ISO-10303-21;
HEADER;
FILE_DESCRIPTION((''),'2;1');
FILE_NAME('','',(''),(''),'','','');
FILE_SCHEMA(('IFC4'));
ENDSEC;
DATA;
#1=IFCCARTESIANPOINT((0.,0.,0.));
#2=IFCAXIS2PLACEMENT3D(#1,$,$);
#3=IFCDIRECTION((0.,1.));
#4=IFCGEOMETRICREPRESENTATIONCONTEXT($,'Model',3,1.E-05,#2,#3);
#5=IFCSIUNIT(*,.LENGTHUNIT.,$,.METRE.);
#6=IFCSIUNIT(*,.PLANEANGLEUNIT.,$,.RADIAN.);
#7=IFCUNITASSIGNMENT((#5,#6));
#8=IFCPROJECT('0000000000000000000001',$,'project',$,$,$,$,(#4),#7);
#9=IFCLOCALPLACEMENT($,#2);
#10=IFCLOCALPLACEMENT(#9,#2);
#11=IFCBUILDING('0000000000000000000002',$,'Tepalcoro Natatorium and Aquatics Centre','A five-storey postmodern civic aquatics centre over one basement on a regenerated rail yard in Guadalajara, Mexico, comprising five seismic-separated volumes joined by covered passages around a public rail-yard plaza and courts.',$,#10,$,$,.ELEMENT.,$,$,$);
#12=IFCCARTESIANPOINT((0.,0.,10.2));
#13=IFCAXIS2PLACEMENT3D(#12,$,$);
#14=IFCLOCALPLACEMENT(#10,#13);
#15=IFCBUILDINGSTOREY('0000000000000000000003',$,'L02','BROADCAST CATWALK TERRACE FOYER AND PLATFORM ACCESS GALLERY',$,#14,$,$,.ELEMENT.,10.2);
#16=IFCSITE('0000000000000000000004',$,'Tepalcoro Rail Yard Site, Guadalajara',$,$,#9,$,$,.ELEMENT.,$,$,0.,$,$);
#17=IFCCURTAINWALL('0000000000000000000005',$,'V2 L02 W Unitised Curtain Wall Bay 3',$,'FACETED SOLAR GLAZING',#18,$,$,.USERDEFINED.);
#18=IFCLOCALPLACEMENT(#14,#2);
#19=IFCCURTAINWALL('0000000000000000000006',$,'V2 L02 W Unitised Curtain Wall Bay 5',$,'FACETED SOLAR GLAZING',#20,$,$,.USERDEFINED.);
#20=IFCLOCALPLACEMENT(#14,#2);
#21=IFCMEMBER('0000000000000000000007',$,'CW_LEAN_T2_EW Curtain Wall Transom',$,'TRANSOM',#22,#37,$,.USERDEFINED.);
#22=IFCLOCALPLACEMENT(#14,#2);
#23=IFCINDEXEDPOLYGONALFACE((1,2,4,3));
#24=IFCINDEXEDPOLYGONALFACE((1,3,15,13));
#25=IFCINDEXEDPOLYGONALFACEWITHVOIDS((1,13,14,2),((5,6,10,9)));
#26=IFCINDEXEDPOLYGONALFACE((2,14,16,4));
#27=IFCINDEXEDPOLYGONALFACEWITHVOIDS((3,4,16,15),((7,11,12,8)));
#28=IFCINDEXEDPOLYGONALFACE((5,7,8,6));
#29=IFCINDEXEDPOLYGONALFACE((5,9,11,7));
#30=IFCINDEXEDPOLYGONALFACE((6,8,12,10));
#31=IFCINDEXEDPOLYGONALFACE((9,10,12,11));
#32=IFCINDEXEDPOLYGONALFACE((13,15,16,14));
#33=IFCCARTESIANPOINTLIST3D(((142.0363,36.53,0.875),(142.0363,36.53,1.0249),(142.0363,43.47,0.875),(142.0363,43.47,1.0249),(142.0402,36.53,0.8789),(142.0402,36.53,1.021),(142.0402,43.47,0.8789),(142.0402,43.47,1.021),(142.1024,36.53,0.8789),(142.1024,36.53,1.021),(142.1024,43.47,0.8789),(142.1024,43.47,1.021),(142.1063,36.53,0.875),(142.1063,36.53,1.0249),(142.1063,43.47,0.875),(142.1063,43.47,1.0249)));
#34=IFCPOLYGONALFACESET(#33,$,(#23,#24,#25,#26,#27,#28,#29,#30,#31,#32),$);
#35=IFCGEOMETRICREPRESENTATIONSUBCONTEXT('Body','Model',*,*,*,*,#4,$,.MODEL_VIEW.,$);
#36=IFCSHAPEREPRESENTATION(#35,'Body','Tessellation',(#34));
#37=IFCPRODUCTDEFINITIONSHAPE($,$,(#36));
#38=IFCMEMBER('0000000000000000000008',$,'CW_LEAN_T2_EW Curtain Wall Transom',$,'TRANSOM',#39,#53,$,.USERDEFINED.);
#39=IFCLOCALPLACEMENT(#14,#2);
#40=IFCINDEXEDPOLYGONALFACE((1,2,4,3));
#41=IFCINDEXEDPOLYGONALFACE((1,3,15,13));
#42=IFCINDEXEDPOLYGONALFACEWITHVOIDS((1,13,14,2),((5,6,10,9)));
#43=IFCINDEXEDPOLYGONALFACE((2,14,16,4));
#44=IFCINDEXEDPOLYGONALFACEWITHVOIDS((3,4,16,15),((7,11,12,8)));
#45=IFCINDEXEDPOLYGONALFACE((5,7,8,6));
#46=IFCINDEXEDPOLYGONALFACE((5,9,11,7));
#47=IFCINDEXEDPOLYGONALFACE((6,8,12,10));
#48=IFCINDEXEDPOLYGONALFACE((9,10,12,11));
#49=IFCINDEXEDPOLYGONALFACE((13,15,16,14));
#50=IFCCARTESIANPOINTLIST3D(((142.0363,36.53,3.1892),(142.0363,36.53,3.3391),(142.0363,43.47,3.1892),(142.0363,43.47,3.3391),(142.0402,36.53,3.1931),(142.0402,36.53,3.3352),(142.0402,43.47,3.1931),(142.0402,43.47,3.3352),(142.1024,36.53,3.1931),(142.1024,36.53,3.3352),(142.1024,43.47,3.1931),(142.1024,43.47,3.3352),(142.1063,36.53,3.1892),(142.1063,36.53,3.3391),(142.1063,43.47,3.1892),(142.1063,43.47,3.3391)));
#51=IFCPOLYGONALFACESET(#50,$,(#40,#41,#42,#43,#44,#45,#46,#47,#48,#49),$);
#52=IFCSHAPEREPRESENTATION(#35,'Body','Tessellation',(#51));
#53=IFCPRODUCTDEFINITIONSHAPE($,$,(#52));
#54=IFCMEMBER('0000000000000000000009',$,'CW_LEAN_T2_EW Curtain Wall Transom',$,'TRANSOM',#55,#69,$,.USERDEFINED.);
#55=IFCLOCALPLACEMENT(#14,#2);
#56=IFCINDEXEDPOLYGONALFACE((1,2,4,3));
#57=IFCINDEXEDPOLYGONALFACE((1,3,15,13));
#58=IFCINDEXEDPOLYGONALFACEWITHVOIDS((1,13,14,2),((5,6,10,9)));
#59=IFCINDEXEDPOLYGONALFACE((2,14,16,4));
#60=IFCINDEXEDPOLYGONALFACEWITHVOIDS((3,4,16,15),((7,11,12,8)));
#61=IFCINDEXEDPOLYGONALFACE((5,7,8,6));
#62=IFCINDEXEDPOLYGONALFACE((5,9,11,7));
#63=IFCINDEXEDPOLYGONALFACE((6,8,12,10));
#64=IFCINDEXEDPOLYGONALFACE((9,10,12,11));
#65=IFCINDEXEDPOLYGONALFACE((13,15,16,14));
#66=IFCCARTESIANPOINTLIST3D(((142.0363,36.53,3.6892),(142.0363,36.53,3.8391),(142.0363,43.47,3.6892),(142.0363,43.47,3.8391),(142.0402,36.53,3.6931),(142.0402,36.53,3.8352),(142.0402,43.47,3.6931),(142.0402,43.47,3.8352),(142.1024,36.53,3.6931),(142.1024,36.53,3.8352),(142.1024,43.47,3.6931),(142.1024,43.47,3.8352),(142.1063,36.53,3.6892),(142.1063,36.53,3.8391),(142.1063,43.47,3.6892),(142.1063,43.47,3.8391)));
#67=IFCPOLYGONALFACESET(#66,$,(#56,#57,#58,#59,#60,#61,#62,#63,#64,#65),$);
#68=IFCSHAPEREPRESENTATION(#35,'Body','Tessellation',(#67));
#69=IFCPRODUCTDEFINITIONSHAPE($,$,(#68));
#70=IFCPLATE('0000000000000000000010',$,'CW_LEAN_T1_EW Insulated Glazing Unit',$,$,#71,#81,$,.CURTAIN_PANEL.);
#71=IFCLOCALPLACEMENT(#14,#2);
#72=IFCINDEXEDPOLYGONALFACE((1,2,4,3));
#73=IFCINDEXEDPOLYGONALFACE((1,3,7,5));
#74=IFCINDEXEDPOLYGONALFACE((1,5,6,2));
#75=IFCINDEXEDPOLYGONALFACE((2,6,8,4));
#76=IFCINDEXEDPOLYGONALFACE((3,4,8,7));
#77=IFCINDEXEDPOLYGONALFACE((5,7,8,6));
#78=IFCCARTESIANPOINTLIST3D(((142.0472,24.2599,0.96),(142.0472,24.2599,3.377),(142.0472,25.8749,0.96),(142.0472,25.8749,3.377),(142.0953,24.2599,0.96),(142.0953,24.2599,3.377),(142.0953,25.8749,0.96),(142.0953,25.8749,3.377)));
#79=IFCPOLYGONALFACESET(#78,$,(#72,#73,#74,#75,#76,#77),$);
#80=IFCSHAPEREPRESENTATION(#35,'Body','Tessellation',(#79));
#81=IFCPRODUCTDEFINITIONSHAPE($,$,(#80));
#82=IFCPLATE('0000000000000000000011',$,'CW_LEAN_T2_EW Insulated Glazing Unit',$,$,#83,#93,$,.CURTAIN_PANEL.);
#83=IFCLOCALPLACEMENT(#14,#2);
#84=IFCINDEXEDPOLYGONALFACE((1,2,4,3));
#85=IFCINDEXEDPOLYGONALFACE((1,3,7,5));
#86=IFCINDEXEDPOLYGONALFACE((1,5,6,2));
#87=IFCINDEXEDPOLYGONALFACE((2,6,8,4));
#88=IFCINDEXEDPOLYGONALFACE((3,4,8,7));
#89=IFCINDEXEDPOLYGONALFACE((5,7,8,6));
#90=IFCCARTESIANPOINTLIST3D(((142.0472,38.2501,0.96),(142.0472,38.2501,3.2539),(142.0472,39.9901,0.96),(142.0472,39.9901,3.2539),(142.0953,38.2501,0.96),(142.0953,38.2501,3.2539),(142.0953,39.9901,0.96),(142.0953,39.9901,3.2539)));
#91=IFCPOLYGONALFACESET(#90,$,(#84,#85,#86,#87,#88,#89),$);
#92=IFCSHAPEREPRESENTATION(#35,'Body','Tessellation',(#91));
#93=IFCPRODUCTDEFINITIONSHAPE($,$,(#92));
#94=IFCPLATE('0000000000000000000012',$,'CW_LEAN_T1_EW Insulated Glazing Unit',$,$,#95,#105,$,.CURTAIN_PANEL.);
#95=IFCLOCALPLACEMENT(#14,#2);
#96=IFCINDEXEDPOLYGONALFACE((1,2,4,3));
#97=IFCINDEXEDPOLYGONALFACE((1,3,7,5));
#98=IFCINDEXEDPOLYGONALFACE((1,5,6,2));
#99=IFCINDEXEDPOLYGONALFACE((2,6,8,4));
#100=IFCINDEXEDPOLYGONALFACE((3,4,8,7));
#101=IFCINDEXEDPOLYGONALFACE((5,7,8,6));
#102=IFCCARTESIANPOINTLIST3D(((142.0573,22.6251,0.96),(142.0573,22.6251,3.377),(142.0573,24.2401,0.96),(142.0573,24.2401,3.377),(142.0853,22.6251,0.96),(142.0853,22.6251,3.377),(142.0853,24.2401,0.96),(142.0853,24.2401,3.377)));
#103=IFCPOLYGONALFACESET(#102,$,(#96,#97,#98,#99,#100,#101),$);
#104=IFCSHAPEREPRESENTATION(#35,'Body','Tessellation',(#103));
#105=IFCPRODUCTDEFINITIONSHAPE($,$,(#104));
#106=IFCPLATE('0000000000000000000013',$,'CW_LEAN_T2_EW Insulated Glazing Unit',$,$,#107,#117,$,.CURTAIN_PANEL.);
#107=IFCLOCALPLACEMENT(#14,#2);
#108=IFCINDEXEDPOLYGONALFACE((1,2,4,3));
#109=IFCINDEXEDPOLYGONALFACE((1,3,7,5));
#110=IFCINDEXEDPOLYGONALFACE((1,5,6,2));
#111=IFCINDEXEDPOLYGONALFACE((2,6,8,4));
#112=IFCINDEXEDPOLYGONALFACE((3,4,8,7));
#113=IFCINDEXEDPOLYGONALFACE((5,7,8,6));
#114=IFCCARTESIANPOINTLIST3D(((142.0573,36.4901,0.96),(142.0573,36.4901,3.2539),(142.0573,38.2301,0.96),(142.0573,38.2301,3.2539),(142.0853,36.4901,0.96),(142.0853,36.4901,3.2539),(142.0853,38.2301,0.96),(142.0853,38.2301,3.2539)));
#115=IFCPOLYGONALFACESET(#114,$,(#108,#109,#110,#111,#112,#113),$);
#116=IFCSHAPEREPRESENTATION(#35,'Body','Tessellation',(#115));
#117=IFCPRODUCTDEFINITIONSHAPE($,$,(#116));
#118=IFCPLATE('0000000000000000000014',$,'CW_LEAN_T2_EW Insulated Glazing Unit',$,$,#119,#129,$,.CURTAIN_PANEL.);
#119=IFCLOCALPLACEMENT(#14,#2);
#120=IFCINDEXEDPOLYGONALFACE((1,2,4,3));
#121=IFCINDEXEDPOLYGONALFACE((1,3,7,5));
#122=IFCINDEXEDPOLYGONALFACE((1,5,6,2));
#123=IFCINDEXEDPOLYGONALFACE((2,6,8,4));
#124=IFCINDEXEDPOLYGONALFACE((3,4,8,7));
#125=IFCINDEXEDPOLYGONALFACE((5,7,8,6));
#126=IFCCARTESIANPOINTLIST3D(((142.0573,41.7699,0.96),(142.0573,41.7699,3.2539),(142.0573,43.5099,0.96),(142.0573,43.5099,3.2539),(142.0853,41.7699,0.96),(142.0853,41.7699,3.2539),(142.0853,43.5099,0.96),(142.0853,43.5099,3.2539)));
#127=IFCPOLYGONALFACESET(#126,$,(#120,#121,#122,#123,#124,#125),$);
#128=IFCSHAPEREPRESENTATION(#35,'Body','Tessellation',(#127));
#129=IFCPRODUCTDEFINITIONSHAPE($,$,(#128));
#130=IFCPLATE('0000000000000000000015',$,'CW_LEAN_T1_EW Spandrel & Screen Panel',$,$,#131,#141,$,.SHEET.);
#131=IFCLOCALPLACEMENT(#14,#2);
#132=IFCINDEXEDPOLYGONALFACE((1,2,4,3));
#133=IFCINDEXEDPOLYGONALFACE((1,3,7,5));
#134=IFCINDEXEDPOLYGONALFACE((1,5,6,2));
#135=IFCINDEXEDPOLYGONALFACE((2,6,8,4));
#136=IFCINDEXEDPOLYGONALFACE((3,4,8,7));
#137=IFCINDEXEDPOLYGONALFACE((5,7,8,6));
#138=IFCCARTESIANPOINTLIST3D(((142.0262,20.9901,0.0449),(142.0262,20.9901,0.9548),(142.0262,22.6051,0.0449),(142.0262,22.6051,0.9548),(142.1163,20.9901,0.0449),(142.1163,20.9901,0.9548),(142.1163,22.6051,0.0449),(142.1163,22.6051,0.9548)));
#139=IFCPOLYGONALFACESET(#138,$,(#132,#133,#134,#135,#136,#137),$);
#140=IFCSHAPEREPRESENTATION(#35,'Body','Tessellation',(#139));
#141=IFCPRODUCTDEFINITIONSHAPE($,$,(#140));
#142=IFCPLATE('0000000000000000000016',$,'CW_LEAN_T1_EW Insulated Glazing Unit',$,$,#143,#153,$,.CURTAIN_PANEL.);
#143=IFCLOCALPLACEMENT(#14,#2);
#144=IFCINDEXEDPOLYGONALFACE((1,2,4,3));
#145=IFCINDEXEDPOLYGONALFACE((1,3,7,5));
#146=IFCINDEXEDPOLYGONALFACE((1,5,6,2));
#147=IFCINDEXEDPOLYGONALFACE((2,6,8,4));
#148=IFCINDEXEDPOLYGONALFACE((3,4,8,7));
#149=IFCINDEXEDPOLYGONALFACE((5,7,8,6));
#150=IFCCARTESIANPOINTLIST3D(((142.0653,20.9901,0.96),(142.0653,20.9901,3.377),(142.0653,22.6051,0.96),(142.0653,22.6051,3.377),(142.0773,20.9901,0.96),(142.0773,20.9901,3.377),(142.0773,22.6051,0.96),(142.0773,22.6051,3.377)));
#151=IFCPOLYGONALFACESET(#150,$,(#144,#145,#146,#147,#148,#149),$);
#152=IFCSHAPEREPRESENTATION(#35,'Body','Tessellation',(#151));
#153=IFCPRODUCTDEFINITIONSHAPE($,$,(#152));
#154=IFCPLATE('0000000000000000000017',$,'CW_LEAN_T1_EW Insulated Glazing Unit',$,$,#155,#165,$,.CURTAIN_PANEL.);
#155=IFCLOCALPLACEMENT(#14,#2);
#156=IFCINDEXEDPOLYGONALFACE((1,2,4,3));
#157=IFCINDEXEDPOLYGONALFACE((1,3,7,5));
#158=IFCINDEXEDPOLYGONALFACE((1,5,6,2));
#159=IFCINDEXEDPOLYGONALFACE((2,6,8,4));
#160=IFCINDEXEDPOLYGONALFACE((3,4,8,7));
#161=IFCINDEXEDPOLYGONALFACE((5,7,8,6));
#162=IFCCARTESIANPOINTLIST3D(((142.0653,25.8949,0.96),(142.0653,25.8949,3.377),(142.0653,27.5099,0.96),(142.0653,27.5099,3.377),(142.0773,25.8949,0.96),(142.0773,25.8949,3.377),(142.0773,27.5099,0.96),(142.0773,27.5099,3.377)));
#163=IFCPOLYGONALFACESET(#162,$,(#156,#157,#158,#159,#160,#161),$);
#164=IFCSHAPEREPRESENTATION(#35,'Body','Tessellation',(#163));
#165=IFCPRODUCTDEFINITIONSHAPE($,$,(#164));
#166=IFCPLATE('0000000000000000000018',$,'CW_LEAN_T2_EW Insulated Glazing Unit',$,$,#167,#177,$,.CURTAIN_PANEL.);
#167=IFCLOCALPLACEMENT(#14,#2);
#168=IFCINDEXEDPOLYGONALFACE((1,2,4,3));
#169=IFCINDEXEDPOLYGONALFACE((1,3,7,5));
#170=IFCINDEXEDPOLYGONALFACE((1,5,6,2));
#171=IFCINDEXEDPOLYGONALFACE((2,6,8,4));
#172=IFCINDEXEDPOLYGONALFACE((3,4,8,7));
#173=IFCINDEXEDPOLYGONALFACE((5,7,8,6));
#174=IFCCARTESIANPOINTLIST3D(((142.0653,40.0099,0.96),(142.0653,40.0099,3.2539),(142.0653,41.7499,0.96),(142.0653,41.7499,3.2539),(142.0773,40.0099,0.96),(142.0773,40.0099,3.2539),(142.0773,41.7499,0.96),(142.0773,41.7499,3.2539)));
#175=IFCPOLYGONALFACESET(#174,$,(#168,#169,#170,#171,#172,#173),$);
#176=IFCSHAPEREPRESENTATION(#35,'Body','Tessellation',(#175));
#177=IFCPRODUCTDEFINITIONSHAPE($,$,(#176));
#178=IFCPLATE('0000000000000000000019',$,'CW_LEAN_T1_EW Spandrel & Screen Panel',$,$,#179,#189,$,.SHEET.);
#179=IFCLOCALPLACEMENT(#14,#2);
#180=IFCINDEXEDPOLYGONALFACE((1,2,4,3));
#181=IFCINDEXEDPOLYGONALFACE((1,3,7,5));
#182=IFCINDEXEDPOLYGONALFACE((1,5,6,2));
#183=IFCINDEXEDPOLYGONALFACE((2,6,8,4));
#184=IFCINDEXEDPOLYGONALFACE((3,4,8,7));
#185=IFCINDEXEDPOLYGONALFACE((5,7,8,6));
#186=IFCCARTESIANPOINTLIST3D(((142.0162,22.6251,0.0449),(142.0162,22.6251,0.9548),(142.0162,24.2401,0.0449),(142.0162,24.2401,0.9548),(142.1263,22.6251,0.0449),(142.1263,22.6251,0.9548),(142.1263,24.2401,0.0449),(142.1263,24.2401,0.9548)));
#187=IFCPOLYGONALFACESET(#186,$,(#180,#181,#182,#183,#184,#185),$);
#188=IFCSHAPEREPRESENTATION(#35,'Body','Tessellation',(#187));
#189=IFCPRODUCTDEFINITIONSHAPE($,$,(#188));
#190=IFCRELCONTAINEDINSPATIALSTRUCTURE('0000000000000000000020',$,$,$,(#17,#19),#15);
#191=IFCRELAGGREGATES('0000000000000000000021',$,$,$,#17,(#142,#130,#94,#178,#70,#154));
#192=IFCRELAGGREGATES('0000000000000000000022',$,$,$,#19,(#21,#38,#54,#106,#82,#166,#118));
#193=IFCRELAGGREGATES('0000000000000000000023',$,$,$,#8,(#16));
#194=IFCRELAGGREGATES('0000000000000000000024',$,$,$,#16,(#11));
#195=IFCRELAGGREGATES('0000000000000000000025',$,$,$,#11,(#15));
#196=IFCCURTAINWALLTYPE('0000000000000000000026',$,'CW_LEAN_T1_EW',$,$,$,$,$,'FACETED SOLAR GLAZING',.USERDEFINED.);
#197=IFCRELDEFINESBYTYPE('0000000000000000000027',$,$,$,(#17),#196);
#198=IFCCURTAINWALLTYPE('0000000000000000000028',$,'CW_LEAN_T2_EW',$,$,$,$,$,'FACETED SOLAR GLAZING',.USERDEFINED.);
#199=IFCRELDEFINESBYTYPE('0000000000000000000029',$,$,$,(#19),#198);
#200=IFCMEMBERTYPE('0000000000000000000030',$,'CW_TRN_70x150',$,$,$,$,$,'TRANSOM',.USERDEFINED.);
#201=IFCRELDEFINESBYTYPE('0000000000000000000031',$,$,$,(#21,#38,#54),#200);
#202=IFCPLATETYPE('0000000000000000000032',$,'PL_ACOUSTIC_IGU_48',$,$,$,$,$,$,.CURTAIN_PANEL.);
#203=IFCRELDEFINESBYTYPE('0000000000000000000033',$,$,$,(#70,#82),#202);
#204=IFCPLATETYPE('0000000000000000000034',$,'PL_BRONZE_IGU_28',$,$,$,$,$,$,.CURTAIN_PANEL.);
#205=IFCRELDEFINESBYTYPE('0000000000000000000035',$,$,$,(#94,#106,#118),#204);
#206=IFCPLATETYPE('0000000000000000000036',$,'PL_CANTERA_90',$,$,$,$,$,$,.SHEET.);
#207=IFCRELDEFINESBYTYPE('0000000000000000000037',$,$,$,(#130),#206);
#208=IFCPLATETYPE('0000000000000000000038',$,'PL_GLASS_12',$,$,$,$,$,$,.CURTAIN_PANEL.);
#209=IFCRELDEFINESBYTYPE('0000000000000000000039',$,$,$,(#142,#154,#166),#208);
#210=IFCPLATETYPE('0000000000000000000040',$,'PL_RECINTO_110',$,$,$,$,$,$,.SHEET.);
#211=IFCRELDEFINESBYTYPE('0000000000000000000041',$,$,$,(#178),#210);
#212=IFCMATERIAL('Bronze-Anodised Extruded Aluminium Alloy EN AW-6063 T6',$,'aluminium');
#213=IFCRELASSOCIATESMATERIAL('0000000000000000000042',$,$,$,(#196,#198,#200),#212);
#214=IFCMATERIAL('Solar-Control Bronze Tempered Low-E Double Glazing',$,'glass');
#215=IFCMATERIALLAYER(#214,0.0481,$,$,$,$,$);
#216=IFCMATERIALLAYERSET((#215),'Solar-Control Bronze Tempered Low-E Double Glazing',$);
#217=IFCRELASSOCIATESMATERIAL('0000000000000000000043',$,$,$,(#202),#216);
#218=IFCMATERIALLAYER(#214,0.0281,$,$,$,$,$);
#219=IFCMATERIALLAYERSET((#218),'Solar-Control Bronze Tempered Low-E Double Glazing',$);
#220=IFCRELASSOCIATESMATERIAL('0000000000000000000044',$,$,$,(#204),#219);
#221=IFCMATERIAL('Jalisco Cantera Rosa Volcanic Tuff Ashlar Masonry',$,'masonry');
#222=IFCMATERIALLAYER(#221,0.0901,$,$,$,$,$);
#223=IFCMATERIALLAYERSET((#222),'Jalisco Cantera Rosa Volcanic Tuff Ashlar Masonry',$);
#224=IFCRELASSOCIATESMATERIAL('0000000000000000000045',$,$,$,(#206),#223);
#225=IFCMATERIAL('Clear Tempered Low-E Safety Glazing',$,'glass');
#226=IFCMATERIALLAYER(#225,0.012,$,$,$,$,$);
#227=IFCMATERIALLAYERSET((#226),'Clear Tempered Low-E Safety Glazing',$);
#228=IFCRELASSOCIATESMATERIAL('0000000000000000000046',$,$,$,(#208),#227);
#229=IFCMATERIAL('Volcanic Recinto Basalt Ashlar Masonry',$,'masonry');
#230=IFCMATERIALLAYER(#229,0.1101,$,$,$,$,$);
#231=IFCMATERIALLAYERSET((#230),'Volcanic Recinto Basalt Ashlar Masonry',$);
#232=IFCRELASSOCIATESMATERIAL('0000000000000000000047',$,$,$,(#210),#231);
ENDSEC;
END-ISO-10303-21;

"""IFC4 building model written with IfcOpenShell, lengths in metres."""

from ifc_helpers import new_model, si_unit, direction, frame, origin, origin_2d, place, context, subcontext, project, spatial, rectangle, hollow_rectangle, extrude, material, layer, layer_set, material_profile, profile_set, type_object, element, aggregate, save


model = new_model("IFC4")

# Units and contexts
model_context = context("Model", 3, precision=1e-05, world=origin(), true_north=direction((0.0, 1.0)))
body_context = subcontext(model_context, "Body", "Model", "MODEL_VIEW")
ifc_project = project(units=[si_unit("LENGTHUNIT", "METRE"), si_unit("PLANEANGLEUNIT", "RADIAN")], contexts=[model_context])

# Site, building, storey
site_placement = place(None, origin())
site = spatial("IfcSite", under=ifc_project, at=site_placement, Name="Tepalcoro Rail Yard Site, Guadalajara", CompositionType="ELEMENT", RefElevation=0.0)
building_placement = place(site_placement, origin())
building = spatial("IfcBuilding", under=site, at=building_placement, Name="Tepalcoro Natatorium and Aquatics Centre", Description="A five-storey postmodern civic aquatics centre over one basement on a regenerated rail yard in Guadalajara, Mexico, comprising five seismic-separated volumes joined by covered passages around a public rail-yard plaza and courts.", CompositionType="ELEMENT")
storey_placement = place(building_placement, frame((0.0, 0.0, 10.2)))
storey = spatial("IfcBuildingStorey", under=building, at=storey_placement, Name="L02", Description="BROADCAST CATWALK TERRACE FOYER AND PLATFORM ACCESS GALLERY", CompositionType="ELEMENT", Elevation=10.2)

# Curtain walls
ifc_material_1 = material(Name="Bronze-Anodised Extruded Aluminium Alloy EN AW-6063 T6", Category="aluminium")
curtain_wall_type_1 = type_object("IfcCurtainWallType", Name="CW_LEAN_T1_EW", ElementType="FACETED SOLAR GLAZING", PredefinedType="USERDEFINED", material=ifc_material_1)
curtain_wall_1_placement = place(storey_placement, origin())
curtain_wall_1 = element("IfcCurtainWall", 1, at=curtain_wall_1_placement, inside=storey, type_object=curtain_wall_type_1, Name="V2 L02 W Unitised Curtain Wall Bay 3", ObjectType="FACETED SOLAR GLAZING", PredefinedType="USERDEFINED")
curtain_wall_type_2 = type_object("IfcCurtainWallType", Name="CW_LEAN_T2_EW", ElementType="FACETED SOLAR GLAZING", PredefinedType="USERDEFINED", material=ifc_material_1)
curtain_wall_2_placement = place(storey_placement, origin())
curtain_wall_2 = element("IfcCurtainWall", 2, at=curtain_wall_2_placement, inside=storey, type_object=curtain_wall_type_2, Name="V2 L02 W Unitised Curtain Wall Bay 5", ObjectType="FACETED SOLAR GLAZING", PredefinedType="USERDEFINED")

# Members
ifc_material_profile_1 = material_profile(ifc_material_1, hollow_rectangle(XDim=0.0701, YDim=0.1499, WallThickness=0.0039, at=origin_2d()), Name="AL70X150X4")
ifc_profile_set_1 = profile_set([ifc_material_profile_1], Name="Bronze-Anodised Extruded Aluminium Alloy EN AW-6063 T6")
member_type_1 = type_object("IfcMemberType", Name="CW_TRN_70x150", ElementType="TRANSOM", PredefinedType="USERDEFINED", material=ifc_profile_set_1)
member_1_placement = place(storey_placement, frame((142.0713, 36.53, 0.95), z_axis=(0.0, 1.0, 0.0), x_axis=(-1.0, 0.0, 0.0)))
member_1 = element("IfcMember", 3, at=member_1_placement, type_object=member_type_1, Name="CW_LEAN_T2_EW Curtain Wall Transom", ObjectType="TRANSOM", PredefinedType="USERDEFINED", context=body_context, shape_type="SweptSolid", body=[
    extrude(hollow_rectangle(XDim=0.0701, YDim=0.1499, WallThickness=0.0039, at=origin_2d()), origin(), (0.0, 0.0, 1.0), 6.9399),
])
member_2_placement = place(storey_placement, frame((142.0713, 36.53, 3.2642), z_axis=(0.0, 1.0, 0.0), x_axis=(-1.0, 0.0, 0.0)))
member_2 = element("IfcMember", 4, at=member_2_placement, type_object=member_type_1, Name="CW_LEAN_T2_EW Curtain Wall Transom", ObjectType="TRANSOM", PredefinedType="USERDEFINED", context=body_context, shape_type="SweptSolid", body=[
    extrude(hollow_rectangle(XDim=0.0701, YDim=0.1499, WallThickness=0.0039, at=origin_2d()), origin(), (0.0, 0.0, 1.0), 6.9399),
])
member_3_placement = place(storey_placement, frame((142.0713, 36.53, 3.7642), z_axis=(0.0, 1.0, 0.0), x_axis=(-1.0, 0.0, 0.0)))
member_3 = element("IfcMember", 5, at=member_3_placement, type_object=member_type_1, Name="CW_LEAN_T2_EW Curtain Wall Transom", ObjectType="TRANSOM", PredefinedType="USERDEFINED", context=body_context, shape_type="SweptSolid", body=[
    extrude(hollow_rectangle(XDim=0.0701, YDim=0.1499, WallThickness=0.0039, at=origin_2d()), origin(), (0.0, 0.0, 1.0), 6.9399),
])

# Plates
ifc_material_2 = material(Name="Solar-Control Bronze Tempered Low-E Double Glazing", Category="glass")
ifc_layer_1 = layer(ifc_material_2, 0.0481)
ifc_layer_set_1 = layer_set([ifc_layer_1], Name="Solar-Control Bronze Tempered Low-E Double Glazing")
plate_type_1 = type_object("IfcPlateType", Name="PL_ACOUSTIC_IGU_48", PredefinedType="CURTAIN_PANEL", material=ifc_layer_set_1)
plate_1_placement = place(storey_placement, frame((142.0713, 25.0674, 0.96), z_axis=(0.0, 0.0, 1.0), x_axis=(1.0, 0.0, 0.0)))
plate_1 = element("IfcPlate", 6, at=plate_1_placement, type_object=plate_type_1, Name="CW_LEAN_T1_EW Insulated Glazing Unit", PredefinedType="CURTAIN_PANEL", context=body_context, shape_type="SweptSolid", body=[
    extrude(rectangle(XDim=0.0481, YDim=1.615, at=origin_2d()), origin(), (0.0, 0.0, 1.0), 2.417),
])
plate_2_placement = place(storey_placement, frame((142.0713, 39.1201, 0.96), z_axis=(0.0, 0.0, 1.0), x_axis=(1.0, 0.0, 0.0)))
plate_2 = element("IfcPlate", 7, at=plate_2_placement, type_object=plate_type_1, Name="CW_LEAN_T2_EW Insulated Glazing Unit", PredefinedType="CURTAIN_PANEL", context=body_context, shape_type="SweptSolid", body=[
    extrude(rectangle(XDim=0.0481, YDim=1.74, at=origin_2d()), origin(), (0.0, 0.0, 1.0), 2.2939),
])
ifc_layer_2 = layer(ifc_material_2, 0.0281)
ifc_layer_set_2 = layer_set([ifc_layer_2], Name="Solar-Control Bronze Tempered Low-E Double Glazing")
plate_type_2 = type_object("IfcPlateType", Name="PL_BRONZE_IGU_28", PredefinedType="CURTAIN_PANEL", material=ifc_layer_set_2)
plate_3_placement = place(storey_placement, frame((142.0713, 23.4326, 0.96), z_axis=(0.0, 0.0, 1.0), x_axis=(1.0, 0.0, 0.0)))
plate_3 = element("IfcPlate", 8, at=plate_3_placement, type_object=plate_type_2, Name="CW_LEAN_T1_EW Insulated Glazing Unit", PredefinedType="CURTAIN_PANEL", context=body_context, shape_type="SweptSolid", body=[
    extrude(rectangle(XDim=0.0281, YDim=1.615, at=origin_2d()), origin(), (0.0, 0.0, 1.0), 2.417),
])
plate_4_placement = place(storey_placement, frame((142.0713, 37.3601, 0.96), z_axis=(0.0, 0.0, 1.0), x_axis=(1.0, 0.0, 0.0)))
plate_4 = element("IfcPlate", 9, at=plate_4_placement, type_object=plate_type_2, Name="CW_LEAN_T2_EW Insulated Glazing Unit", PredefinedType="CURTAIN_PANEL", context=body_context, shape_type="SweptSolid", body=[
    extrude(rectangle(XDim=0.0281, YDim=1.74, at=origin_2d()), origin(), (0.0, 0.0, 1.0), 2.2939),
])
plate_5_placement = place(storey_placement, frame((142.0713, 42.6399, 0.96), z_axis=(0.0, 0.0, 1.0), x_axis=(1.0, 0.0, 0.0)))
plate_5 = element("IfcPlate", 10, at=plate_5_placement, type_object=plate_type_2, Name="CW_LEAN_T2_EW Insulated Glazing Unit", PredefinedType="CURTAIN_PANEL", context=body_context, shape_type="SweptSolid", body=[
    extrude(rectangle(XDim=0.0281, YDim=1.74, at=origin_2d()), origin(), (0.0, 0.0, 1.0), 2.2939),
])
ifc_material_3 = material(Name="Jalisco Cantera Rosa Volcanic Tuff Ashlar Masonry", Category="masonry")
ifc_layer_3 = layer(ifc_material_3, 0.0901)
ifc_layer_set_3 = layer_set([ifc_layer_3], Name="Jalisco Cantera Rosa Volcanic Tuff Ashlar Masonry")
plate_type_3 = type_object("IfcPlateType", Name="PL_CANTERA_90", PredefinedType="SHEET", material=ifc_layer_set_3)
plate_6_placement = place(storey_placement, frame((142.0713, 21.7976, 0.0449), z_axis=(0.0, 0.0, 1.0), x_axis=(1.0, 0.0, 0.0)))
plate_6 = element("IfcPlate", 11, at=plate_6_placement, type_object=plate_type_3, Name="CW_LEAN_T1_EW Spandrel & Screen Panel", PredefinedType="SHEET", context=body_context, shape_type="SweptSolid", body=[
    extrude(rectangle(XDim=0.0901, YDim=1.615, at=origin_2d()), origin(), (0.0, 0.0, 1.0), 0.9099),
])
ifc_material_4 = material(Name="Clear Tempered Low-E Safety Glazing", Category="glass")
ifc_layer_4 = layer(ifc_material_4, 0.012)
ifc_layer_set_4 = layer_set([ifc_layer_4], Name="Clear Tempered Low-E Safety Glazing")
plate_type_4 = type_object("IfcPlateType", Name="PL_GLASS_12", PredefinedType="CURTAIN_PANEL", material=ifc_layer_set_4)
plate_7_placement = place(storey_placement, frame((142.0713, 21.7976, 0.96), z_axis=(0.0, 0.0, 1.0), x_axis=(1.0, 0.0, 0.0)))
plate_7 = element("IfcPlate", 12, at=plate_7_placement, type_object=plate_type_4, Name="CW_LEAN_T1_EW Insulated Glazing Unit", PredefinedType="CURTAIN_PANEL", context=body_context, shape_type="SweptSolid", body=[
    extrude(rectangle(XDim=0.012, YDim=1.615, at=origin_2d()), origin(), (0.0, 0.0, 1.0), 2.417),
])
plate_8_placement = place(storey_placement, frame((142.0713, 26.7024, 0.96), z_axis=(0.0, 0.0, 1.0), x_axis=(1.0, 0.0, 0.0)))
plate_8 = element("IfcPlate", 13, at=plate_8_placement, type_object=plate_type_4, Name="CW_LEAN_T1_EW Insulated Glazing Unit", PredefinedType="CURTAIN_PANEL", context=body_context, shape_type="SweptSolid", body=[
    extrude(rectangle(XDim=0.012, YDim=1.615, at=origin_2d()), origin(), (0.0, 0.0, 1.0), 2.417),
])
plate_9_placement = place(storey_placement, frame((142.0713, 40.8799, 0.96), z_axis=(0.0, 0.0, 1.0), x_axis=(1.0, 0.0, 0.0)))
plate_9 = element("IfcPlate", 14, at=plate_9_placement, type_object=plate_type_4, Name="CW_LEAN_T2_EW Insulated Glazing Unit", PredefinedType="CURTAIN_PANEL", context=body_context, shape_type="SweptSolid", body=[
    extrude(rectangle(XDim=0.012, YDim=1.74, at=origin_2d()), origin(), (0.0, 0.0, 1.0), 2.2939),
])
ifc_material_5 = material(Name="Volcanic Recinto Basalt Ashlar Masonry", Category="masonry")
ifc_layer_5 = layer(ifc_material_5, 0.1101)
ifc_layer_set_5 = layer_set([ifc_layer_5], Name="Volcanic Recinto Basalt Ashlar Masonry")
plate_type_5 = type_object("IfcPlateType", Name="PL_RECINTO_110", PredefinedType="SHEET", material=ifc_layer_set_5)
plate_10_placement = place(storey_placement, frame((142.0713, 23.4326, 0.0449), z_axis=(0.0, 0.0, 1.0), x_axis=(1.0, 0.0, 0.0)))
plate_10 = element("IfcPlate", 15, at=plate_10_placement, type_object=plate_type_5, Name="CW_LEAN_T1_EW Spandrel & Screen Panel", PredefinedType="SHEET", context=body_context, shape_type="SweptSolid", body=[
    extrude(rectangle(XDim=0.1101, YDim=1.615, at=origin_2d()), origin(), (0.0, 0.0, 1.0), 0.9099),
])
aggregate(curtain_wall_1, [plate_7, plate_6, plate_3, plate_10, plate_1, plate_8])
aggregate(curtain_wall_2, [member_1, member_2, member_3, plate_4, plate_2, plate_9, plate_5])

save(model, "model.ifc")
